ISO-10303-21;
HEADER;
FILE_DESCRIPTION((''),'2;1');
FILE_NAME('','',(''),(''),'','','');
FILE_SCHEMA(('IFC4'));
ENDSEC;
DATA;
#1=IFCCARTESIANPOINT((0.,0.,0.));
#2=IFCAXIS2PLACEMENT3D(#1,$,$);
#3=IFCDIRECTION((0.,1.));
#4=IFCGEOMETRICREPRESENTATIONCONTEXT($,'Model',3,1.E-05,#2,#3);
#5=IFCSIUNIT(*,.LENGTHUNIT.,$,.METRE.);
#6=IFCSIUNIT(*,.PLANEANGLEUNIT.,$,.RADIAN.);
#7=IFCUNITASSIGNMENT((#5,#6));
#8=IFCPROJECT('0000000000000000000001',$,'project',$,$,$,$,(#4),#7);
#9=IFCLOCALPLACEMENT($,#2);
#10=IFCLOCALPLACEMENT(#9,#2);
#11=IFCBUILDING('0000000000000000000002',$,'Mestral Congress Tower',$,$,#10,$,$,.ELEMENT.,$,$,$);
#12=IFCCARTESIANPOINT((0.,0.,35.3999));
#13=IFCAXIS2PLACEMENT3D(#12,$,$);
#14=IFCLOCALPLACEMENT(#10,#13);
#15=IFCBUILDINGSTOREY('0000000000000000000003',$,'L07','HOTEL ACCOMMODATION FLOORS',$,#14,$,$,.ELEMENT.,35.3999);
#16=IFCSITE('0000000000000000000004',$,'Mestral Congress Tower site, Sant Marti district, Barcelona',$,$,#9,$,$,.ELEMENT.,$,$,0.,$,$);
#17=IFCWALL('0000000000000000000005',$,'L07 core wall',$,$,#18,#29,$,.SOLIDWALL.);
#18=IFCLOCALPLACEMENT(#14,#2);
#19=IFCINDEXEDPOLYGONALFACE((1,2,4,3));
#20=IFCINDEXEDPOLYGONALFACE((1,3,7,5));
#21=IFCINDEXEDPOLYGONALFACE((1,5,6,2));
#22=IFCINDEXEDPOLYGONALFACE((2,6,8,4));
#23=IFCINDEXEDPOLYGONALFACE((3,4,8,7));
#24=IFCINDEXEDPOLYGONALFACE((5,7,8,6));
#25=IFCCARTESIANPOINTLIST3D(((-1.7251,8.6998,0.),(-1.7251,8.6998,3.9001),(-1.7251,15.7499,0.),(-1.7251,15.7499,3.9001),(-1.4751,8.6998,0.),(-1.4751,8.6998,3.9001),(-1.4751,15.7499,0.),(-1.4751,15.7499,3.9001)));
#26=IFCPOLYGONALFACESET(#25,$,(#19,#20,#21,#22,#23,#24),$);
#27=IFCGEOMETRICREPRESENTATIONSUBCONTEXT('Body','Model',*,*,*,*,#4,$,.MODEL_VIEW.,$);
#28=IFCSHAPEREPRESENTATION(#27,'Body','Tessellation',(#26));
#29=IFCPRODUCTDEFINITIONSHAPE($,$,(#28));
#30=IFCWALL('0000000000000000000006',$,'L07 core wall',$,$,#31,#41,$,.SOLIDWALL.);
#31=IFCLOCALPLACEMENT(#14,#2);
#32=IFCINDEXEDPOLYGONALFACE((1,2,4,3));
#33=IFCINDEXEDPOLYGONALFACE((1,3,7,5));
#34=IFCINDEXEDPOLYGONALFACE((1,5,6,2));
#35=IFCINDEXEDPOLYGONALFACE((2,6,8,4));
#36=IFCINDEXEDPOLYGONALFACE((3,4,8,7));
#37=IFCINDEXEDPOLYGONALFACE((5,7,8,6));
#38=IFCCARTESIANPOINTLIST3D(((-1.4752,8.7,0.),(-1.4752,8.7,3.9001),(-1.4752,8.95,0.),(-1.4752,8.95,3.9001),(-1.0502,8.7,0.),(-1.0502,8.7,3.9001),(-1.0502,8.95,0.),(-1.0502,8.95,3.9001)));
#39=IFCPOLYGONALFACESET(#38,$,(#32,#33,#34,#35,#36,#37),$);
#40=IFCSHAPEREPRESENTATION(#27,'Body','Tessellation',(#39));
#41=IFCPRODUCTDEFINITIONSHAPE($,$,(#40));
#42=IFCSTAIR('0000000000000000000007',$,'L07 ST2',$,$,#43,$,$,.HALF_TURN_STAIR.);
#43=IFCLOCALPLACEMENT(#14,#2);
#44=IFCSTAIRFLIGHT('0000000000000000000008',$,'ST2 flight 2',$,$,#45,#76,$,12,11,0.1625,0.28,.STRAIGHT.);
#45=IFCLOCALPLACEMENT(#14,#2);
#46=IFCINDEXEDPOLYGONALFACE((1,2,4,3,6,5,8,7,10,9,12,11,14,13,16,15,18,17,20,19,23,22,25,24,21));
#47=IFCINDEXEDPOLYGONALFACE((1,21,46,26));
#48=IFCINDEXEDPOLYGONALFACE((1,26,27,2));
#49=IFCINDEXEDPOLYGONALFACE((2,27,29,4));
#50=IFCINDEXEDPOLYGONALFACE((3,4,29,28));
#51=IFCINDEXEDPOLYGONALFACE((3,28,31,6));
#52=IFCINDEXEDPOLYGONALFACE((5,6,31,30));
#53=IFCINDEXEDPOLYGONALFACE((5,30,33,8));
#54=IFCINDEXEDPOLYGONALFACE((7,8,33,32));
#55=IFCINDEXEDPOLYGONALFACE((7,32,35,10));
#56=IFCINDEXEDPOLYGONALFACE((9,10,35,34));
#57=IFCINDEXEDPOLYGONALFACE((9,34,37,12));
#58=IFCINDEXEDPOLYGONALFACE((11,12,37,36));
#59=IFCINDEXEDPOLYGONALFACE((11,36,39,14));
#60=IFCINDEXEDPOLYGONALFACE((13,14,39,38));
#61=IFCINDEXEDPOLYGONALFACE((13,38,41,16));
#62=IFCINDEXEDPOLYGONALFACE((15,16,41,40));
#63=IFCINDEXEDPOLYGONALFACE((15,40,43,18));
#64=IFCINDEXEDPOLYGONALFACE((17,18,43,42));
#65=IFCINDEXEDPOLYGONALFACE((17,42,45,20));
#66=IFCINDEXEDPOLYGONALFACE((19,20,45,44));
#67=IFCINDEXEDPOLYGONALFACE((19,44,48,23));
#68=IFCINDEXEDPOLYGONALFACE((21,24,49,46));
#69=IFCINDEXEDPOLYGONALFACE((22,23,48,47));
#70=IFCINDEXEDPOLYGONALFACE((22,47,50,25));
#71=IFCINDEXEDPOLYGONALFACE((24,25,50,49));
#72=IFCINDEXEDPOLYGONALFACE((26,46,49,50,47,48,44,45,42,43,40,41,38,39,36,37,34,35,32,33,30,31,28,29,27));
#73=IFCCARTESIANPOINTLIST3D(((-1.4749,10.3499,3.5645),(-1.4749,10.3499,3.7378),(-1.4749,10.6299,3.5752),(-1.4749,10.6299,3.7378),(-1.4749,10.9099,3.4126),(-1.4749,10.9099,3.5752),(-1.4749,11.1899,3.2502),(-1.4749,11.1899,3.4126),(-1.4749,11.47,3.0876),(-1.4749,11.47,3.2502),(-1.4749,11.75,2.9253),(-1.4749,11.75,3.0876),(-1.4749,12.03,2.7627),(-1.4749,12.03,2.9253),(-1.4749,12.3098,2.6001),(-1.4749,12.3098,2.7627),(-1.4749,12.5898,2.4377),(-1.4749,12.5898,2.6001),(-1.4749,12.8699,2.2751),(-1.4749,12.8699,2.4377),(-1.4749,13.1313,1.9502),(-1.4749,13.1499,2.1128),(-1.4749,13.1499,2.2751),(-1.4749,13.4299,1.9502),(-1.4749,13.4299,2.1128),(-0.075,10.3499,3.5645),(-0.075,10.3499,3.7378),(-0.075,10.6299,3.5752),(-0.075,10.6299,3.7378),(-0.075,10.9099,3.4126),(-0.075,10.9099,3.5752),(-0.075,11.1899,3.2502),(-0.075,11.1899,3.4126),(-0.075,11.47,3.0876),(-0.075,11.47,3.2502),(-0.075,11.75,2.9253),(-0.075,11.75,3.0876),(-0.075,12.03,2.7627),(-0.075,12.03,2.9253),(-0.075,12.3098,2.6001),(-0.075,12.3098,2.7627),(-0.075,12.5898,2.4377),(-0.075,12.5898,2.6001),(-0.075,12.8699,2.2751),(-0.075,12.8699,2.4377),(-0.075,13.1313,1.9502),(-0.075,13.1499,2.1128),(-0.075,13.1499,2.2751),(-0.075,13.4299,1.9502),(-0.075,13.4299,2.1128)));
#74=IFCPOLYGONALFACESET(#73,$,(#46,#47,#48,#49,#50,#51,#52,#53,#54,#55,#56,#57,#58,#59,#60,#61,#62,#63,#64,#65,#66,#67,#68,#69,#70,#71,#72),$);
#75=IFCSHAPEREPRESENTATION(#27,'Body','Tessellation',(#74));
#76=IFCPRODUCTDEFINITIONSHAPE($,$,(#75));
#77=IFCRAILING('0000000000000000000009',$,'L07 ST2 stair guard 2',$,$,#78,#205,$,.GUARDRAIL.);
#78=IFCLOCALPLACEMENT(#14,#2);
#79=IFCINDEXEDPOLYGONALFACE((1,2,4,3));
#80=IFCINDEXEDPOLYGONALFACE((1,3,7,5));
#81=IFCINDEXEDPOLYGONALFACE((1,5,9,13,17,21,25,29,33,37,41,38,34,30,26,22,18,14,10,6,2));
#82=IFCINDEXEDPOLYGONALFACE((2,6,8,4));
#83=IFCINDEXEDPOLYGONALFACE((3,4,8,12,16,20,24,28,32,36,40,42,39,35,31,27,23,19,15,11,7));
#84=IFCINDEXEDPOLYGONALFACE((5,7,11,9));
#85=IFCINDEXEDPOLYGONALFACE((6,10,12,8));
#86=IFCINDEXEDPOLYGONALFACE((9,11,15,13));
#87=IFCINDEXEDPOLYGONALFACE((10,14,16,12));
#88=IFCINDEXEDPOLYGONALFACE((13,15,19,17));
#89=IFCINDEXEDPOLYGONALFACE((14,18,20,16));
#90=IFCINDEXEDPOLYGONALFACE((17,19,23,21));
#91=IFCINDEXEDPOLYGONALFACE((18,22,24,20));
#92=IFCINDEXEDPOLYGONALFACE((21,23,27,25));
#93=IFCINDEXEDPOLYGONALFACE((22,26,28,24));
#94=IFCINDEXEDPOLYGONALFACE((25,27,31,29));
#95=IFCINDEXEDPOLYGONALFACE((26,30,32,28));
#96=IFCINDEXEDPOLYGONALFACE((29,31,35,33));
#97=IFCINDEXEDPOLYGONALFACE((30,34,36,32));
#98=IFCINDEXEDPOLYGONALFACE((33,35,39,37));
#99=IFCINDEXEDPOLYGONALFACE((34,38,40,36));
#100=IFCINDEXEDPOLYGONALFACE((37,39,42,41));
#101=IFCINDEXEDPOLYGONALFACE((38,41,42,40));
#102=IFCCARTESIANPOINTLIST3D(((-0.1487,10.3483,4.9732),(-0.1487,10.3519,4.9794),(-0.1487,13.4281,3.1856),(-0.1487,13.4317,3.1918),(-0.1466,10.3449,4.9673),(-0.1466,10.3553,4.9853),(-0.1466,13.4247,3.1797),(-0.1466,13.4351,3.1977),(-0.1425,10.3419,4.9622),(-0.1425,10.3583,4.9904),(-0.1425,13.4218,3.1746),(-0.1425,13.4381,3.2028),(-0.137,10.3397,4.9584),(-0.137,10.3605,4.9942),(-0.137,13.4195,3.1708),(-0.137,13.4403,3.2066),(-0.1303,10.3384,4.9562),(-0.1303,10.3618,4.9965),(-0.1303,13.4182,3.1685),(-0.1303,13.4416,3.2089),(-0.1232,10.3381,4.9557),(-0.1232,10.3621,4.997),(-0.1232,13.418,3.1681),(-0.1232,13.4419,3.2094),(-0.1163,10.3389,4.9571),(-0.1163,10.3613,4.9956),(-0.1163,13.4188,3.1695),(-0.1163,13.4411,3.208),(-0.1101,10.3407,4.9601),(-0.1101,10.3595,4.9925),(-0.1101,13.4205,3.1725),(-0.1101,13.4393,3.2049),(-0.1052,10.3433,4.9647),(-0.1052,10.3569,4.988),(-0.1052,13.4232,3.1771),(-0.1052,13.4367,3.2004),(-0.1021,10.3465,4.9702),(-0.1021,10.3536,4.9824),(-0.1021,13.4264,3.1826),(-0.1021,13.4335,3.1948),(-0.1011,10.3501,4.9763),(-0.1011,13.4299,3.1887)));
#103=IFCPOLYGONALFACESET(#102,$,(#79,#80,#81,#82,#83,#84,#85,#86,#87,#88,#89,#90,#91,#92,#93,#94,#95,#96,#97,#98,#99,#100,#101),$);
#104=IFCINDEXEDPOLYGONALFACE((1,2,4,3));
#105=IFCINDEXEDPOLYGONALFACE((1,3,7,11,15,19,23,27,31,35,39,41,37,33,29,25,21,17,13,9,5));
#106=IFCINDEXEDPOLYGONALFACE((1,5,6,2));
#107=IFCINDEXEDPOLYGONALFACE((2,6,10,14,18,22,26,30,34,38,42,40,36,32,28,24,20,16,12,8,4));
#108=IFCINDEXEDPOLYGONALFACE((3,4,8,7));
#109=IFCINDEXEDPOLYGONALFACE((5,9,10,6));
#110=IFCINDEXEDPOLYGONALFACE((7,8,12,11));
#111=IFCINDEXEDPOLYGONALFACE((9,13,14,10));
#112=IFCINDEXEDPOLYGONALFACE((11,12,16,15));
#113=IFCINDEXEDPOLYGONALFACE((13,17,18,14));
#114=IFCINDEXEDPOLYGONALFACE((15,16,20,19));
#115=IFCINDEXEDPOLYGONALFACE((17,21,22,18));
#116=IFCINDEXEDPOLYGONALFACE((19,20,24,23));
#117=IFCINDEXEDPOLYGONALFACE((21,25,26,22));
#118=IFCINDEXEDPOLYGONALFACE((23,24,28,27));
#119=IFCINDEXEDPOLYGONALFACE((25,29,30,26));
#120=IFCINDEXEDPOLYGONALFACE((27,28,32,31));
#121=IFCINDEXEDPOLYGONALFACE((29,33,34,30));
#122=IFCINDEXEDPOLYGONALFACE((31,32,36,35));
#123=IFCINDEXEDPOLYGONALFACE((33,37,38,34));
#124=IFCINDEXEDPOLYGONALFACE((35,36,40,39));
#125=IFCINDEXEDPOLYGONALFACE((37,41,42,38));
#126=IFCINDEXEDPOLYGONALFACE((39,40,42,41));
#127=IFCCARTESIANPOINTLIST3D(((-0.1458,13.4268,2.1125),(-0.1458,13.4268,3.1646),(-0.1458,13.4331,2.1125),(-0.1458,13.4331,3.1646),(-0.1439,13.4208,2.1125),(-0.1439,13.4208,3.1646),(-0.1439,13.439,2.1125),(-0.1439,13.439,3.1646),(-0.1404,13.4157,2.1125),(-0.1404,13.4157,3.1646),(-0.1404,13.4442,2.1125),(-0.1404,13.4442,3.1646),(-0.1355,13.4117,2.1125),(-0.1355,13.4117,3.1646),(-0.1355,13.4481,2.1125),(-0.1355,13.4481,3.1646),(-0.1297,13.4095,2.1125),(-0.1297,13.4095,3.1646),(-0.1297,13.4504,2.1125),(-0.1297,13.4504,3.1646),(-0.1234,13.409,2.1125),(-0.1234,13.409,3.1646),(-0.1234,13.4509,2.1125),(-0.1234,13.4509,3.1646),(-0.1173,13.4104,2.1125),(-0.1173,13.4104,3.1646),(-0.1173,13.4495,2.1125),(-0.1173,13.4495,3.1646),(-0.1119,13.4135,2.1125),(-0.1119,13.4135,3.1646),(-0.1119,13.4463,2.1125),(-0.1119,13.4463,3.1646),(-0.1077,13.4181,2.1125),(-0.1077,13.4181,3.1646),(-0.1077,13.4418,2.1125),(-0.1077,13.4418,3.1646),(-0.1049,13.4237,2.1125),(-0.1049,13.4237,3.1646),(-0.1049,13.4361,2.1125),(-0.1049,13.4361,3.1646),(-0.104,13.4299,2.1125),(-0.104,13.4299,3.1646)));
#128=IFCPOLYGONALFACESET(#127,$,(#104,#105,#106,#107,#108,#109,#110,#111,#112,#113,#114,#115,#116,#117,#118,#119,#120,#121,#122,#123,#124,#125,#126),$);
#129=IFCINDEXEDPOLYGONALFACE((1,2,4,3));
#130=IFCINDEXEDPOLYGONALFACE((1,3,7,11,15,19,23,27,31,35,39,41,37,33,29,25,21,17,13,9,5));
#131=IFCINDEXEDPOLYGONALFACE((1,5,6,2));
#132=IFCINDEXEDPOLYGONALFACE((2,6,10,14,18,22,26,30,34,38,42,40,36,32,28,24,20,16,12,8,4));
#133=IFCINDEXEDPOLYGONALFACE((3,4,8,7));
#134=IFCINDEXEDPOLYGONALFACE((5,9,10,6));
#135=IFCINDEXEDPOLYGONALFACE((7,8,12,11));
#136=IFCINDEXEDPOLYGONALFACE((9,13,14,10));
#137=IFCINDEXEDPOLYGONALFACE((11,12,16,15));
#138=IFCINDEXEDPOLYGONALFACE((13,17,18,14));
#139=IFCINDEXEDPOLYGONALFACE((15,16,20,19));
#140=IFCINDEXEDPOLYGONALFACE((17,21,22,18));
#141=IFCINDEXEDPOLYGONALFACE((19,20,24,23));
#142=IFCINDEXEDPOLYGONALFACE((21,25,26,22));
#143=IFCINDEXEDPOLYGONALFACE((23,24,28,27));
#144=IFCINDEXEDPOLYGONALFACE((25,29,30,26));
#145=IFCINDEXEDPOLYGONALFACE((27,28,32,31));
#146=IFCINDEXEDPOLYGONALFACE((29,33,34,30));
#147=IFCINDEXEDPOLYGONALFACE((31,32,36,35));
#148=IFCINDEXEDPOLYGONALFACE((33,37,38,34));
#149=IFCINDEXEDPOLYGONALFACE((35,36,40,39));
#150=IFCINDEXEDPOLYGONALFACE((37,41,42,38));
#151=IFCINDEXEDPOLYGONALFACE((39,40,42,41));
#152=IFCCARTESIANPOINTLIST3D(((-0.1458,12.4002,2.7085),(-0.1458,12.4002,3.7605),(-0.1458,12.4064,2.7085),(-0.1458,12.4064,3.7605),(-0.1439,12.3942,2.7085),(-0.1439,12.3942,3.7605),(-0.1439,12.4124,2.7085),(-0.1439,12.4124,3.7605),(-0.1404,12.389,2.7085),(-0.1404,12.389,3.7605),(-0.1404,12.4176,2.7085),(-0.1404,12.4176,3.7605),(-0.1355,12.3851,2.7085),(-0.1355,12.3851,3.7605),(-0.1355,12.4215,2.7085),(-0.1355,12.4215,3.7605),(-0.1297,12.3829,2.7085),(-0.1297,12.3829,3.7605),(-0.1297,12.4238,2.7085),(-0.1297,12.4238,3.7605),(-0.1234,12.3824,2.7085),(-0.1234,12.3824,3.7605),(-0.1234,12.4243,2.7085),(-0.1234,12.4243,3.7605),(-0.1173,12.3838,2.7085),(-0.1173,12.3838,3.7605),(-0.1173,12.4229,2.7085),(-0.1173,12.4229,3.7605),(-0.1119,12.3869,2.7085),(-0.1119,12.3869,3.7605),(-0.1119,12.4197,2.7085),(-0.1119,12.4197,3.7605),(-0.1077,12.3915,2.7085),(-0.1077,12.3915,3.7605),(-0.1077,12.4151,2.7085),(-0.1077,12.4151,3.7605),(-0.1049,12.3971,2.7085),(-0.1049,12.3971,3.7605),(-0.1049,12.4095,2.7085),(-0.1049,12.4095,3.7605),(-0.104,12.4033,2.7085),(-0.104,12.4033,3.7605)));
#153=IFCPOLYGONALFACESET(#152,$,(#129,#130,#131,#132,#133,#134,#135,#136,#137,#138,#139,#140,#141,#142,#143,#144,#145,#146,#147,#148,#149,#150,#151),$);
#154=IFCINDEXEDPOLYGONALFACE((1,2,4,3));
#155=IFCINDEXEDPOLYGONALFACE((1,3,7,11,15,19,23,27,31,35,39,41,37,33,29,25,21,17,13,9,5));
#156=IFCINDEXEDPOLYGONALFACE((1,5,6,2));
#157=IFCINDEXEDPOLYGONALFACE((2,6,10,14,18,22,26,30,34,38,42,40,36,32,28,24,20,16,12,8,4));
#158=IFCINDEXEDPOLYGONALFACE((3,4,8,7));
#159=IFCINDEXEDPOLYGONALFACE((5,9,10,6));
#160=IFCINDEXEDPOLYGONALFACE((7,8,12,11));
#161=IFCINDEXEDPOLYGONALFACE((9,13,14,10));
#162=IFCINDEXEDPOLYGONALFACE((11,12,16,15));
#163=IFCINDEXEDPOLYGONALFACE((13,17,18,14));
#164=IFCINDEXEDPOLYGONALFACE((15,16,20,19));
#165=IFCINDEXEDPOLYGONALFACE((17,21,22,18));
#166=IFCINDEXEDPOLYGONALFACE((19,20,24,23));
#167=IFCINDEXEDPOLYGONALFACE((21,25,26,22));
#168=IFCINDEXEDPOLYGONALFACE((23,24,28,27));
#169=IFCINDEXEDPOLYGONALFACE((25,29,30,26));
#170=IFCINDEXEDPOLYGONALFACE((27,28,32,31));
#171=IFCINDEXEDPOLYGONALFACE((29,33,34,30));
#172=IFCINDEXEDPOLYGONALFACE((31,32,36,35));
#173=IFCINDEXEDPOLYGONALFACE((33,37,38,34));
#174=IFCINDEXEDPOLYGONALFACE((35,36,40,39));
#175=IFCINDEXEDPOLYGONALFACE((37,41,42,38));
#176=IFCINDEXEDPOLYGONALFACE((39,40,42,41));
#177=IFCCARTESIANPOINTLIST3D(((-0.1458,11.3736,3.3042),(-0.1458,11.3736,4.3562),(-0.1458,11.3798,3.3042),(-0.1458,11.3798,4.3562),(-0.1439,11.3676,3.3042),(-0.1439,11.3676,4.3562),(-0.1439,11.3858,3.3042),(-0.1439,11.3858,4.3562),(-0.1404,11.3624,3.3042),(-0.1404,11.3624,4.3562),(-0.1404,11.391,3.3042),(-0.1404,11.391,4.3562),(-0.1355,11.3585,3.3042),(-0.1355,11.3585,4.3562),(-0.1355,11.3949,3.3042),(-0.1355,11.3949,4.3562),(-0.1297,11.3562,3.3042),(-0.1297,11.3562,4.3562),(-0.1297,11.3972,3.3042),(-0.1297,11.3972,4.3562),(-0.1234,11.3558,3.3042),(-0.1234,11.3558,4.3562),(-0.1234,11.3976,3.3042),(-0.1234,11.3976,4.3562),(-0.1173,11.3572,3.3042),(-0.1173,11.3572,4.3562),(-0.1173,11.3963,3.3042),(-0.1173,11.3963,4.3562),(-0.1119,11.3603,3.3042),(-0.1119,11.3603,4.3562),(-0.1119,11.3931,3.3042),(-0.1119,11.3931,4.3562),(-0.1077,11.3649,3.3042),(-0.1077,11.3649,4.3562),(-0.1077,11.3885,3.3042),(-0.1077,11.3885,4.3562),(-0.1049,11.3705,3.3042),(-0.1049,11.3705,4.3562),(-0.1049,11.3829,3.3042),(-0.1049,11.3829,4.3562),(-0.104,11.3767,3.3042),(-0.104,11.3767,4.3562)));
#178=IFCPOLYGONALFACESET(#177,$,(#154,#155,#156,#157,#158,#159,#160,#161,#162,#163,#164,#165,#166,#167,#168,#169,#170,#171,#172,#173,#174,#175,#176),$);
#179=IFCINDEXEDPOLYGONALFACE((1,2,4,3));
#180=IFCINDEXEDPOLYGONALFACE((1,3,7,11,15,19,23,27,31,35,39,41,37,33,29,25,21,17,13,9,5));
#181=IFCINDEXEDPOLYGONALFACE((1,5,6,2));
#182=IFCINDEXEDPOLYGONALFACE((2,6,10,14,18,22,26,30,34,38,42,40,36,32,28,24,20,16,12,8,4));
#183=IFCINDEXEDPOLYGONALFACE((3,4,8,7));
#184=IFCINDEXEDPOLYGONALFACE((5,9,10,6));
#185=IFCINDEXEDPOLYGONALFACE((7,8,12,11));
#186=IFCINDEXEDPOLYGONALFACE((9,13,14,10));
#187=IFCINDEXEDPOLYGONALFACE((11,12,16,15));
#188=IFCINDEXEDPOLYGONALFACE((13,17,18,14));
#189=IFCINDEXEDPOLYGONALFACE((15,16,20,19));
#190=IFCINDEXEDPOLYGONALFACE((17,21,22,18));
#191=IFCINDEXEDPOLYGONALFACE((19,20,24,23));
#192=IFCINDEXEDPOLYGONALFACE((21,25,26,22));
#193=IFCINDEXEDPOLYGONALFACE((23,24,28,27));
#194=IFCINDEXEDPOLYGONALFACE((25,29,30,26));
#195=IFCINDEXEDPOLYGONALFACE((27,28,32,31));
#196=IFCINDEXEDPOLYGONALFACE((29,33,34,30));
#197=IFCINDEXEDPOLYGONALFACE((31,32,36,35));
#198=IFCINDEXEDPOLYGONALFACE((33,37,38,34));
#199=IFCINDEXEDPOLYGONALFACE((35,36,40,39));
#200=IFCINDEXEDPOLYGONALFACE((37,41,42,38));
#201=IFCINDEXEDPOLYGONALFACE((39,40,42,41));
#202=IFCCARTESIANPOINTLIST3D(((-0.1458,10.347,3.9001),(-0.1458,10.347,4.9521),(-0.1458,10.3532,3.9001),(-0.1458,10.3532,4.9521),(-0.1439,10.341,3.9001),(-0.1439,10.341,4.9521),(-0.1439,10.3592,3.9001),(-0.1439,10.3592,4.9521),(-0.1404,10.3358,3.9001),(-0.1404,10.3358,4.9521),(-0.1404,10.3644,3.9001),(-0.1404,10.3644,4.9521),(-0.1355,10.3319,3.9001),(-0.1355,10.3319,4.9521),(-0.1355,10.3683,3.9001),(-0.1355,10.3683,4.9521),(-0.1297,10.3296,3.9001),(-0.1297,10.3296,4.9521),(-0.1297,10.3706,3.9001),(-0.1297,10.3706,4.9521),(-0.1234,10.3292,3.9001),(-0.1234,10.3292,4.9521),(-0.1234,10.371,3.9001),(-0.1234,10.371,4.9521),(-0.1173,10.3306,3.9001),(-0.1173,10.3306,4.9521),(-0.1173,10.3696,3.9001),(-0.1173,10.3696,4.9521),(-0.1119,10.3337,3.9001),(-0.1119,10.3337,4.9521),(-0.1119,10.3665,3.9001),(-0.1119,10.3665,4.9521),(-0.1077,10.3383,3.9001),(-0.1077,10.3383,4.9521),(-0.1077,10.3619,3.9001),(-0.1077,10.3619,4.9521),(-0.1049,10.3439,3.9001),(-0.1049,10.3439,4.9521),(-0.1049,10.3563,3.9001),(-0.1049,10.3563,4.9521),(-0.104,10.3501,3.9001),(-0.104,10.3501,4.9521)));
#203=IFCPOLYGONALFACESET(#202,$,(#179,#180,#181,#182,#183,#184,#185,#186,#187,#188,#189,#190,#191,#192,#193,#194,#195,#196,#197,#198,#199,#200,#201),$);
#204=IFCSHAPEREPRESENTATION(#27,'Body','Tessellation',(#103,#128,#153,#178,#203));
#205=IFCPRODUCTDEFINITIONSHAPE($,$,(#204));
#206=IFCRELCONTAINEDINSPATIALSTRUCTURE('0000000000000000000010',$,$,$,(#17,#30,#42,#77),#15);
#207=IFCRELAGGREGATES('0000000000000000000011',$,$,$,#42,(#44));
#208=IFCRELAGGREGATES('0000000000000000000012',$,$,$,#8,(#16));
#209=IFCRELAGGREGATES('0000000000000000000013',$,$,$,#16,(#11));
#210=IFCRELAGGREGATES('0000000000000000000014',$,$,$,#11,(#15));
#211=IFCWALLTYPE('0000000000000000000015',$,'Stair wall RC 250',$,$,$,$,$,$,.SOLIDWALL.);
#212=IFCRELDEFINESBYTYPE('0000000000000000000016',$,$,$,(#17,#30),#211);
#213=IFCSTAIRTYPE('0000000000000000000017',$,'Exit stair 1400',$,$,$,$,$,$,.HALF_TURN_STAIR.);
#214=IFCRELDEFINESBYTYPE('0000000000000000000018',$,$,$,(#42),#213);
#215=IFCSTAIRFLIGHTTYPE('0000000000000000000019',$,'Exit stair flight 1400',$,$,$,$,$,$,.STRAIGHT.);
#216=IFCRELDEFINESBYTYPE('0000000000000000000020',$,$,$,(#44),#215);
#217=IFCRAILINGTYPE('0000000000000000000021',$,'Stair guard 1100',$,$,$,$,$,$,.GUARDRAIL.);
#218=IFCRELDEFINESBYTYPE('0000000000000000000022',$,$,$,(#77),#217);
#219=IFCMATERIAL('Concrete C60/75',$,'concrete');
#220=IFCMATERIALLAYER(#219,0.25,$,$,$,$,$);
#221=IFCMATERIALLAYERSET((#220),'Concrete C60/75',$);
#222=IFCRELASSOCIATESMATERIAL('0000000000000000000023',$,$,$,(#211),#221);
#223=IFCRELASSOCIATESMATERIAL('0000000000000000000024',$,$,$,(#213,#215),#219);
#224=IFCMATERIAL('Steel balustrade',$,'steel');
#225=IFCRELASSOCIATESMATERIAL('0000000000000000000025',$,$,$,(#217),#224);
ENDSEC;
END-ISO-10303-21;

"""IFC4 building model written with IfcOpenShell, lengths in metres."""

from ifc_helpers import new_model, si_unit, direction, frame, frame_2d, origin, origin_2d, place, context, subcontext, project, spatial, polyline, rectangle, circle, outline, extrude, material, layer, layer_set, type_object, element, aggregate, save


model = new_model("IFC4")

# Units and contexts
model_context = context("Model", 3, precision=1e-05, world=origin(), true_north=direction((0.0, 1.0)))
body_context = subcontext(model_context, "Body", "Model", "MODEL_VIEW")
ifc_project = project(units=[si_unit("LENGTHUNIT", "METRE"), si_unit("PLANEANGLEUNIT", "RADIAN")], contexts=[model_context])

# Site, building, storey
site_placement = place(None, origin())
site = spatial("IfcSite", under=ifc_project, at=site_placement, Name="Mestral Congress Tower site, Sant Marti district, Barcelona", CompositionType="ELEMENT", RefElevation=0.0)
building_placement = place(site_placement, origin())
building = spatial("IfcBuilding", under=site, at=building_placement, Name="Mestral Congress Tower", CompositionType="ELEMENT")
storey_placement = place(building_placement, frame((0.0, 0.0, 35.3999)))
storey = spatial("IfcBuildingStorey", under=building, at=storey_placement, Name="L07", Description="HOTEL ACCOMMODATION FLOORS", CompositionType="ELEMENT", Elevation=35.3999)

# Shared definitions
ifc_material_1 = material(Name="Concrete C60/75", Category="concrete")

# Walls
ifc_layer_1 = layer(ifc_material_1, 0.25)
ifc_layer_set_1 = layer_set([ifc_layer_1], Name="Concrete C60/75")
wall_type_1 = type_object("IfcWallType", Name="Stair wall RC 250", PredefinedType="SOLIDWALL", material=ifc_layer_set_1)
wall_1_placement = place(storey_placement, frame((-1.6001, 8.7, 0.0), z_axis=(0.0, 0.0, 1.0), x_axis=(0.0, 1.0, 0.0)))
element("IfcWall", 1, at=wall_1_placement, inside=storey, type_object=wall_type_1, Name="L07 core wall", PredefinedType="SOLIDWALL", context=body_context, shape_type="SweptSolid", body=[
    extrude(rectangle(XDim=7.05, YDim=0.25, at=frame_2d((3.5249, 0.0))), origin(), (0.0, 0.0, 1.0), 3.9001),
])
wall_2_placement = place(storey_placement, frame((-1.4751, 8.825, 0.0), z_axis=(0.0, 0.0, 1.0), x_axis=(1.0, 0.0, 0.0)))
element("IfcWall", 2, at=wall_2_placement, inside=storey, type_object=wall_type_1, Name="L07 core wall", PredefinedType="SOLIDWALL", context=body_context, shape_type="SweptSolid", body=[
    extrude(rectangle(XDim=0.425, YDim=0.25, at=frame_2d((0.2124, 0.0))), origin(), (0.0, 0.0, 1.0), 3.9001),
])

# Stair, stair flight
stair_type = type_object("IfcStairType", Name="Exit stair 1400", PredefinedType="HALF_TURN_STAIR", material=ifc_material_1)
stair_placement = place(storey_placement, origin())
stair = element("IfcStair", 3, at=stair_placement, inside=storey, type_object=stair_type, Name="L07 ST2", PredefinedType="HALF_TURN_STAIR")
stair_flight_type = type_object("IfcStairFlightType", Name="Exit stair flight 1400", PredefinedType="STRAIGHT", material=ifc_material_1)
stair_flight_placement = place(storey_placement, frame((-0.7749, 13.4299, 1.9502), z_axis=(0.0, 0.0, 1.0), x_axis=(0.0, -1.0, 0.0)))
stair_flight = element("IfcStairFlight", 4, at=stair_flight_placement, type_object=stair_flight_type, Name="ST2 flight 2", NumberOfRisers=12, NumberOfTreads=11, PredefinedType="STRAIGHT", RiserHeight=0.1625, TreadLength=0.28, context=body_context, shape_type="SweptSolid", body=[
    extrude(outline(polyline([(0.0, 0.0), (0.0, 0.1626), (0.28, 0.1626), (0.28, 0.325), (0.5601, 0.325), (0.5601, 0.4875), (0.8401, 0.4875), (0.8401, 0.6499), (1.1201, 0.6499), (1.1201, 0.8125), (1.3999, 0.8125), (1.3999, 0.9751), (1.6799, 0.9751), (1.6799, 1.1375), (1.96, 1.1375), (1.96, 1.3), (2.24, 1.3), (2.24, 1.4624), (2.52, 1.4624), (2.52, 1.625), (2.8, 1.625), (2.8, 1.7876), (3.0801, 1.7876), (3.0801, 1.95), (3.0801, 1.6143), (0.2986, 0.0), (0.0, 0.0)])), frame((0.0, 0.7, 0.0), z_axis=(0.0, -1.0, 0.0), x_axis=(1.0, 0.0, 0.0)), (0.0, 0.0, 1.0), 1.3999),
])
aggregate(stair, [stair_flight])

# Railing
ifc_material_2 = material(Name="Steel balustrade", Category="steel")
railing_type = type_object("IfcRailingType", Name="Stair guard 1100", PredefinedType="GUARDRAIL", material=ifc_material_2)
railing_placement = place(storey_placement, frame((-0.125, 13.4299, 2.1125)))
element("IfcRailing", 5, at=railing_placement, inside=storey, type_object=railing_type, Name="L07 ST2 stair guard 2", PredefinedType="GUARDRAIL", context=body_context, shape_type="SweptSolid", body=[
    extrude(circle(Radius=0.0239, at=origin_2d()), frame((0.0, 0.0, 1.0762), z_axis=(0.0, -0.864873, 0.50199), x_axis=(1.0, 0.0, 0.0)), (0.0, 0.0, 1.0), 3.561),
    extrude(circle(Radius=0.021, at=origin_2d()), origin(), (0.0, 0.0, 1.0), 1.052),
    extrude(circle(Radius=0.021, at=origin_2d()), frame((0.0, -1.0266, 0.5959)), (0.0, 0.0, 1.0), 1.052),
    extrude(circle(Radius=0.021, at=origin_2d()), frame((0.0, -2.0532, 1.1917)), (0.0, 0.0, 1.0), 1.052),
    extrude(circle(Radius=0.021, at=origin_2d()), frame((0.0, -3.0798, 1.7876)), (0.0, 0.0, 1.0), 1.052),
])

save(model, "model.ifc")
